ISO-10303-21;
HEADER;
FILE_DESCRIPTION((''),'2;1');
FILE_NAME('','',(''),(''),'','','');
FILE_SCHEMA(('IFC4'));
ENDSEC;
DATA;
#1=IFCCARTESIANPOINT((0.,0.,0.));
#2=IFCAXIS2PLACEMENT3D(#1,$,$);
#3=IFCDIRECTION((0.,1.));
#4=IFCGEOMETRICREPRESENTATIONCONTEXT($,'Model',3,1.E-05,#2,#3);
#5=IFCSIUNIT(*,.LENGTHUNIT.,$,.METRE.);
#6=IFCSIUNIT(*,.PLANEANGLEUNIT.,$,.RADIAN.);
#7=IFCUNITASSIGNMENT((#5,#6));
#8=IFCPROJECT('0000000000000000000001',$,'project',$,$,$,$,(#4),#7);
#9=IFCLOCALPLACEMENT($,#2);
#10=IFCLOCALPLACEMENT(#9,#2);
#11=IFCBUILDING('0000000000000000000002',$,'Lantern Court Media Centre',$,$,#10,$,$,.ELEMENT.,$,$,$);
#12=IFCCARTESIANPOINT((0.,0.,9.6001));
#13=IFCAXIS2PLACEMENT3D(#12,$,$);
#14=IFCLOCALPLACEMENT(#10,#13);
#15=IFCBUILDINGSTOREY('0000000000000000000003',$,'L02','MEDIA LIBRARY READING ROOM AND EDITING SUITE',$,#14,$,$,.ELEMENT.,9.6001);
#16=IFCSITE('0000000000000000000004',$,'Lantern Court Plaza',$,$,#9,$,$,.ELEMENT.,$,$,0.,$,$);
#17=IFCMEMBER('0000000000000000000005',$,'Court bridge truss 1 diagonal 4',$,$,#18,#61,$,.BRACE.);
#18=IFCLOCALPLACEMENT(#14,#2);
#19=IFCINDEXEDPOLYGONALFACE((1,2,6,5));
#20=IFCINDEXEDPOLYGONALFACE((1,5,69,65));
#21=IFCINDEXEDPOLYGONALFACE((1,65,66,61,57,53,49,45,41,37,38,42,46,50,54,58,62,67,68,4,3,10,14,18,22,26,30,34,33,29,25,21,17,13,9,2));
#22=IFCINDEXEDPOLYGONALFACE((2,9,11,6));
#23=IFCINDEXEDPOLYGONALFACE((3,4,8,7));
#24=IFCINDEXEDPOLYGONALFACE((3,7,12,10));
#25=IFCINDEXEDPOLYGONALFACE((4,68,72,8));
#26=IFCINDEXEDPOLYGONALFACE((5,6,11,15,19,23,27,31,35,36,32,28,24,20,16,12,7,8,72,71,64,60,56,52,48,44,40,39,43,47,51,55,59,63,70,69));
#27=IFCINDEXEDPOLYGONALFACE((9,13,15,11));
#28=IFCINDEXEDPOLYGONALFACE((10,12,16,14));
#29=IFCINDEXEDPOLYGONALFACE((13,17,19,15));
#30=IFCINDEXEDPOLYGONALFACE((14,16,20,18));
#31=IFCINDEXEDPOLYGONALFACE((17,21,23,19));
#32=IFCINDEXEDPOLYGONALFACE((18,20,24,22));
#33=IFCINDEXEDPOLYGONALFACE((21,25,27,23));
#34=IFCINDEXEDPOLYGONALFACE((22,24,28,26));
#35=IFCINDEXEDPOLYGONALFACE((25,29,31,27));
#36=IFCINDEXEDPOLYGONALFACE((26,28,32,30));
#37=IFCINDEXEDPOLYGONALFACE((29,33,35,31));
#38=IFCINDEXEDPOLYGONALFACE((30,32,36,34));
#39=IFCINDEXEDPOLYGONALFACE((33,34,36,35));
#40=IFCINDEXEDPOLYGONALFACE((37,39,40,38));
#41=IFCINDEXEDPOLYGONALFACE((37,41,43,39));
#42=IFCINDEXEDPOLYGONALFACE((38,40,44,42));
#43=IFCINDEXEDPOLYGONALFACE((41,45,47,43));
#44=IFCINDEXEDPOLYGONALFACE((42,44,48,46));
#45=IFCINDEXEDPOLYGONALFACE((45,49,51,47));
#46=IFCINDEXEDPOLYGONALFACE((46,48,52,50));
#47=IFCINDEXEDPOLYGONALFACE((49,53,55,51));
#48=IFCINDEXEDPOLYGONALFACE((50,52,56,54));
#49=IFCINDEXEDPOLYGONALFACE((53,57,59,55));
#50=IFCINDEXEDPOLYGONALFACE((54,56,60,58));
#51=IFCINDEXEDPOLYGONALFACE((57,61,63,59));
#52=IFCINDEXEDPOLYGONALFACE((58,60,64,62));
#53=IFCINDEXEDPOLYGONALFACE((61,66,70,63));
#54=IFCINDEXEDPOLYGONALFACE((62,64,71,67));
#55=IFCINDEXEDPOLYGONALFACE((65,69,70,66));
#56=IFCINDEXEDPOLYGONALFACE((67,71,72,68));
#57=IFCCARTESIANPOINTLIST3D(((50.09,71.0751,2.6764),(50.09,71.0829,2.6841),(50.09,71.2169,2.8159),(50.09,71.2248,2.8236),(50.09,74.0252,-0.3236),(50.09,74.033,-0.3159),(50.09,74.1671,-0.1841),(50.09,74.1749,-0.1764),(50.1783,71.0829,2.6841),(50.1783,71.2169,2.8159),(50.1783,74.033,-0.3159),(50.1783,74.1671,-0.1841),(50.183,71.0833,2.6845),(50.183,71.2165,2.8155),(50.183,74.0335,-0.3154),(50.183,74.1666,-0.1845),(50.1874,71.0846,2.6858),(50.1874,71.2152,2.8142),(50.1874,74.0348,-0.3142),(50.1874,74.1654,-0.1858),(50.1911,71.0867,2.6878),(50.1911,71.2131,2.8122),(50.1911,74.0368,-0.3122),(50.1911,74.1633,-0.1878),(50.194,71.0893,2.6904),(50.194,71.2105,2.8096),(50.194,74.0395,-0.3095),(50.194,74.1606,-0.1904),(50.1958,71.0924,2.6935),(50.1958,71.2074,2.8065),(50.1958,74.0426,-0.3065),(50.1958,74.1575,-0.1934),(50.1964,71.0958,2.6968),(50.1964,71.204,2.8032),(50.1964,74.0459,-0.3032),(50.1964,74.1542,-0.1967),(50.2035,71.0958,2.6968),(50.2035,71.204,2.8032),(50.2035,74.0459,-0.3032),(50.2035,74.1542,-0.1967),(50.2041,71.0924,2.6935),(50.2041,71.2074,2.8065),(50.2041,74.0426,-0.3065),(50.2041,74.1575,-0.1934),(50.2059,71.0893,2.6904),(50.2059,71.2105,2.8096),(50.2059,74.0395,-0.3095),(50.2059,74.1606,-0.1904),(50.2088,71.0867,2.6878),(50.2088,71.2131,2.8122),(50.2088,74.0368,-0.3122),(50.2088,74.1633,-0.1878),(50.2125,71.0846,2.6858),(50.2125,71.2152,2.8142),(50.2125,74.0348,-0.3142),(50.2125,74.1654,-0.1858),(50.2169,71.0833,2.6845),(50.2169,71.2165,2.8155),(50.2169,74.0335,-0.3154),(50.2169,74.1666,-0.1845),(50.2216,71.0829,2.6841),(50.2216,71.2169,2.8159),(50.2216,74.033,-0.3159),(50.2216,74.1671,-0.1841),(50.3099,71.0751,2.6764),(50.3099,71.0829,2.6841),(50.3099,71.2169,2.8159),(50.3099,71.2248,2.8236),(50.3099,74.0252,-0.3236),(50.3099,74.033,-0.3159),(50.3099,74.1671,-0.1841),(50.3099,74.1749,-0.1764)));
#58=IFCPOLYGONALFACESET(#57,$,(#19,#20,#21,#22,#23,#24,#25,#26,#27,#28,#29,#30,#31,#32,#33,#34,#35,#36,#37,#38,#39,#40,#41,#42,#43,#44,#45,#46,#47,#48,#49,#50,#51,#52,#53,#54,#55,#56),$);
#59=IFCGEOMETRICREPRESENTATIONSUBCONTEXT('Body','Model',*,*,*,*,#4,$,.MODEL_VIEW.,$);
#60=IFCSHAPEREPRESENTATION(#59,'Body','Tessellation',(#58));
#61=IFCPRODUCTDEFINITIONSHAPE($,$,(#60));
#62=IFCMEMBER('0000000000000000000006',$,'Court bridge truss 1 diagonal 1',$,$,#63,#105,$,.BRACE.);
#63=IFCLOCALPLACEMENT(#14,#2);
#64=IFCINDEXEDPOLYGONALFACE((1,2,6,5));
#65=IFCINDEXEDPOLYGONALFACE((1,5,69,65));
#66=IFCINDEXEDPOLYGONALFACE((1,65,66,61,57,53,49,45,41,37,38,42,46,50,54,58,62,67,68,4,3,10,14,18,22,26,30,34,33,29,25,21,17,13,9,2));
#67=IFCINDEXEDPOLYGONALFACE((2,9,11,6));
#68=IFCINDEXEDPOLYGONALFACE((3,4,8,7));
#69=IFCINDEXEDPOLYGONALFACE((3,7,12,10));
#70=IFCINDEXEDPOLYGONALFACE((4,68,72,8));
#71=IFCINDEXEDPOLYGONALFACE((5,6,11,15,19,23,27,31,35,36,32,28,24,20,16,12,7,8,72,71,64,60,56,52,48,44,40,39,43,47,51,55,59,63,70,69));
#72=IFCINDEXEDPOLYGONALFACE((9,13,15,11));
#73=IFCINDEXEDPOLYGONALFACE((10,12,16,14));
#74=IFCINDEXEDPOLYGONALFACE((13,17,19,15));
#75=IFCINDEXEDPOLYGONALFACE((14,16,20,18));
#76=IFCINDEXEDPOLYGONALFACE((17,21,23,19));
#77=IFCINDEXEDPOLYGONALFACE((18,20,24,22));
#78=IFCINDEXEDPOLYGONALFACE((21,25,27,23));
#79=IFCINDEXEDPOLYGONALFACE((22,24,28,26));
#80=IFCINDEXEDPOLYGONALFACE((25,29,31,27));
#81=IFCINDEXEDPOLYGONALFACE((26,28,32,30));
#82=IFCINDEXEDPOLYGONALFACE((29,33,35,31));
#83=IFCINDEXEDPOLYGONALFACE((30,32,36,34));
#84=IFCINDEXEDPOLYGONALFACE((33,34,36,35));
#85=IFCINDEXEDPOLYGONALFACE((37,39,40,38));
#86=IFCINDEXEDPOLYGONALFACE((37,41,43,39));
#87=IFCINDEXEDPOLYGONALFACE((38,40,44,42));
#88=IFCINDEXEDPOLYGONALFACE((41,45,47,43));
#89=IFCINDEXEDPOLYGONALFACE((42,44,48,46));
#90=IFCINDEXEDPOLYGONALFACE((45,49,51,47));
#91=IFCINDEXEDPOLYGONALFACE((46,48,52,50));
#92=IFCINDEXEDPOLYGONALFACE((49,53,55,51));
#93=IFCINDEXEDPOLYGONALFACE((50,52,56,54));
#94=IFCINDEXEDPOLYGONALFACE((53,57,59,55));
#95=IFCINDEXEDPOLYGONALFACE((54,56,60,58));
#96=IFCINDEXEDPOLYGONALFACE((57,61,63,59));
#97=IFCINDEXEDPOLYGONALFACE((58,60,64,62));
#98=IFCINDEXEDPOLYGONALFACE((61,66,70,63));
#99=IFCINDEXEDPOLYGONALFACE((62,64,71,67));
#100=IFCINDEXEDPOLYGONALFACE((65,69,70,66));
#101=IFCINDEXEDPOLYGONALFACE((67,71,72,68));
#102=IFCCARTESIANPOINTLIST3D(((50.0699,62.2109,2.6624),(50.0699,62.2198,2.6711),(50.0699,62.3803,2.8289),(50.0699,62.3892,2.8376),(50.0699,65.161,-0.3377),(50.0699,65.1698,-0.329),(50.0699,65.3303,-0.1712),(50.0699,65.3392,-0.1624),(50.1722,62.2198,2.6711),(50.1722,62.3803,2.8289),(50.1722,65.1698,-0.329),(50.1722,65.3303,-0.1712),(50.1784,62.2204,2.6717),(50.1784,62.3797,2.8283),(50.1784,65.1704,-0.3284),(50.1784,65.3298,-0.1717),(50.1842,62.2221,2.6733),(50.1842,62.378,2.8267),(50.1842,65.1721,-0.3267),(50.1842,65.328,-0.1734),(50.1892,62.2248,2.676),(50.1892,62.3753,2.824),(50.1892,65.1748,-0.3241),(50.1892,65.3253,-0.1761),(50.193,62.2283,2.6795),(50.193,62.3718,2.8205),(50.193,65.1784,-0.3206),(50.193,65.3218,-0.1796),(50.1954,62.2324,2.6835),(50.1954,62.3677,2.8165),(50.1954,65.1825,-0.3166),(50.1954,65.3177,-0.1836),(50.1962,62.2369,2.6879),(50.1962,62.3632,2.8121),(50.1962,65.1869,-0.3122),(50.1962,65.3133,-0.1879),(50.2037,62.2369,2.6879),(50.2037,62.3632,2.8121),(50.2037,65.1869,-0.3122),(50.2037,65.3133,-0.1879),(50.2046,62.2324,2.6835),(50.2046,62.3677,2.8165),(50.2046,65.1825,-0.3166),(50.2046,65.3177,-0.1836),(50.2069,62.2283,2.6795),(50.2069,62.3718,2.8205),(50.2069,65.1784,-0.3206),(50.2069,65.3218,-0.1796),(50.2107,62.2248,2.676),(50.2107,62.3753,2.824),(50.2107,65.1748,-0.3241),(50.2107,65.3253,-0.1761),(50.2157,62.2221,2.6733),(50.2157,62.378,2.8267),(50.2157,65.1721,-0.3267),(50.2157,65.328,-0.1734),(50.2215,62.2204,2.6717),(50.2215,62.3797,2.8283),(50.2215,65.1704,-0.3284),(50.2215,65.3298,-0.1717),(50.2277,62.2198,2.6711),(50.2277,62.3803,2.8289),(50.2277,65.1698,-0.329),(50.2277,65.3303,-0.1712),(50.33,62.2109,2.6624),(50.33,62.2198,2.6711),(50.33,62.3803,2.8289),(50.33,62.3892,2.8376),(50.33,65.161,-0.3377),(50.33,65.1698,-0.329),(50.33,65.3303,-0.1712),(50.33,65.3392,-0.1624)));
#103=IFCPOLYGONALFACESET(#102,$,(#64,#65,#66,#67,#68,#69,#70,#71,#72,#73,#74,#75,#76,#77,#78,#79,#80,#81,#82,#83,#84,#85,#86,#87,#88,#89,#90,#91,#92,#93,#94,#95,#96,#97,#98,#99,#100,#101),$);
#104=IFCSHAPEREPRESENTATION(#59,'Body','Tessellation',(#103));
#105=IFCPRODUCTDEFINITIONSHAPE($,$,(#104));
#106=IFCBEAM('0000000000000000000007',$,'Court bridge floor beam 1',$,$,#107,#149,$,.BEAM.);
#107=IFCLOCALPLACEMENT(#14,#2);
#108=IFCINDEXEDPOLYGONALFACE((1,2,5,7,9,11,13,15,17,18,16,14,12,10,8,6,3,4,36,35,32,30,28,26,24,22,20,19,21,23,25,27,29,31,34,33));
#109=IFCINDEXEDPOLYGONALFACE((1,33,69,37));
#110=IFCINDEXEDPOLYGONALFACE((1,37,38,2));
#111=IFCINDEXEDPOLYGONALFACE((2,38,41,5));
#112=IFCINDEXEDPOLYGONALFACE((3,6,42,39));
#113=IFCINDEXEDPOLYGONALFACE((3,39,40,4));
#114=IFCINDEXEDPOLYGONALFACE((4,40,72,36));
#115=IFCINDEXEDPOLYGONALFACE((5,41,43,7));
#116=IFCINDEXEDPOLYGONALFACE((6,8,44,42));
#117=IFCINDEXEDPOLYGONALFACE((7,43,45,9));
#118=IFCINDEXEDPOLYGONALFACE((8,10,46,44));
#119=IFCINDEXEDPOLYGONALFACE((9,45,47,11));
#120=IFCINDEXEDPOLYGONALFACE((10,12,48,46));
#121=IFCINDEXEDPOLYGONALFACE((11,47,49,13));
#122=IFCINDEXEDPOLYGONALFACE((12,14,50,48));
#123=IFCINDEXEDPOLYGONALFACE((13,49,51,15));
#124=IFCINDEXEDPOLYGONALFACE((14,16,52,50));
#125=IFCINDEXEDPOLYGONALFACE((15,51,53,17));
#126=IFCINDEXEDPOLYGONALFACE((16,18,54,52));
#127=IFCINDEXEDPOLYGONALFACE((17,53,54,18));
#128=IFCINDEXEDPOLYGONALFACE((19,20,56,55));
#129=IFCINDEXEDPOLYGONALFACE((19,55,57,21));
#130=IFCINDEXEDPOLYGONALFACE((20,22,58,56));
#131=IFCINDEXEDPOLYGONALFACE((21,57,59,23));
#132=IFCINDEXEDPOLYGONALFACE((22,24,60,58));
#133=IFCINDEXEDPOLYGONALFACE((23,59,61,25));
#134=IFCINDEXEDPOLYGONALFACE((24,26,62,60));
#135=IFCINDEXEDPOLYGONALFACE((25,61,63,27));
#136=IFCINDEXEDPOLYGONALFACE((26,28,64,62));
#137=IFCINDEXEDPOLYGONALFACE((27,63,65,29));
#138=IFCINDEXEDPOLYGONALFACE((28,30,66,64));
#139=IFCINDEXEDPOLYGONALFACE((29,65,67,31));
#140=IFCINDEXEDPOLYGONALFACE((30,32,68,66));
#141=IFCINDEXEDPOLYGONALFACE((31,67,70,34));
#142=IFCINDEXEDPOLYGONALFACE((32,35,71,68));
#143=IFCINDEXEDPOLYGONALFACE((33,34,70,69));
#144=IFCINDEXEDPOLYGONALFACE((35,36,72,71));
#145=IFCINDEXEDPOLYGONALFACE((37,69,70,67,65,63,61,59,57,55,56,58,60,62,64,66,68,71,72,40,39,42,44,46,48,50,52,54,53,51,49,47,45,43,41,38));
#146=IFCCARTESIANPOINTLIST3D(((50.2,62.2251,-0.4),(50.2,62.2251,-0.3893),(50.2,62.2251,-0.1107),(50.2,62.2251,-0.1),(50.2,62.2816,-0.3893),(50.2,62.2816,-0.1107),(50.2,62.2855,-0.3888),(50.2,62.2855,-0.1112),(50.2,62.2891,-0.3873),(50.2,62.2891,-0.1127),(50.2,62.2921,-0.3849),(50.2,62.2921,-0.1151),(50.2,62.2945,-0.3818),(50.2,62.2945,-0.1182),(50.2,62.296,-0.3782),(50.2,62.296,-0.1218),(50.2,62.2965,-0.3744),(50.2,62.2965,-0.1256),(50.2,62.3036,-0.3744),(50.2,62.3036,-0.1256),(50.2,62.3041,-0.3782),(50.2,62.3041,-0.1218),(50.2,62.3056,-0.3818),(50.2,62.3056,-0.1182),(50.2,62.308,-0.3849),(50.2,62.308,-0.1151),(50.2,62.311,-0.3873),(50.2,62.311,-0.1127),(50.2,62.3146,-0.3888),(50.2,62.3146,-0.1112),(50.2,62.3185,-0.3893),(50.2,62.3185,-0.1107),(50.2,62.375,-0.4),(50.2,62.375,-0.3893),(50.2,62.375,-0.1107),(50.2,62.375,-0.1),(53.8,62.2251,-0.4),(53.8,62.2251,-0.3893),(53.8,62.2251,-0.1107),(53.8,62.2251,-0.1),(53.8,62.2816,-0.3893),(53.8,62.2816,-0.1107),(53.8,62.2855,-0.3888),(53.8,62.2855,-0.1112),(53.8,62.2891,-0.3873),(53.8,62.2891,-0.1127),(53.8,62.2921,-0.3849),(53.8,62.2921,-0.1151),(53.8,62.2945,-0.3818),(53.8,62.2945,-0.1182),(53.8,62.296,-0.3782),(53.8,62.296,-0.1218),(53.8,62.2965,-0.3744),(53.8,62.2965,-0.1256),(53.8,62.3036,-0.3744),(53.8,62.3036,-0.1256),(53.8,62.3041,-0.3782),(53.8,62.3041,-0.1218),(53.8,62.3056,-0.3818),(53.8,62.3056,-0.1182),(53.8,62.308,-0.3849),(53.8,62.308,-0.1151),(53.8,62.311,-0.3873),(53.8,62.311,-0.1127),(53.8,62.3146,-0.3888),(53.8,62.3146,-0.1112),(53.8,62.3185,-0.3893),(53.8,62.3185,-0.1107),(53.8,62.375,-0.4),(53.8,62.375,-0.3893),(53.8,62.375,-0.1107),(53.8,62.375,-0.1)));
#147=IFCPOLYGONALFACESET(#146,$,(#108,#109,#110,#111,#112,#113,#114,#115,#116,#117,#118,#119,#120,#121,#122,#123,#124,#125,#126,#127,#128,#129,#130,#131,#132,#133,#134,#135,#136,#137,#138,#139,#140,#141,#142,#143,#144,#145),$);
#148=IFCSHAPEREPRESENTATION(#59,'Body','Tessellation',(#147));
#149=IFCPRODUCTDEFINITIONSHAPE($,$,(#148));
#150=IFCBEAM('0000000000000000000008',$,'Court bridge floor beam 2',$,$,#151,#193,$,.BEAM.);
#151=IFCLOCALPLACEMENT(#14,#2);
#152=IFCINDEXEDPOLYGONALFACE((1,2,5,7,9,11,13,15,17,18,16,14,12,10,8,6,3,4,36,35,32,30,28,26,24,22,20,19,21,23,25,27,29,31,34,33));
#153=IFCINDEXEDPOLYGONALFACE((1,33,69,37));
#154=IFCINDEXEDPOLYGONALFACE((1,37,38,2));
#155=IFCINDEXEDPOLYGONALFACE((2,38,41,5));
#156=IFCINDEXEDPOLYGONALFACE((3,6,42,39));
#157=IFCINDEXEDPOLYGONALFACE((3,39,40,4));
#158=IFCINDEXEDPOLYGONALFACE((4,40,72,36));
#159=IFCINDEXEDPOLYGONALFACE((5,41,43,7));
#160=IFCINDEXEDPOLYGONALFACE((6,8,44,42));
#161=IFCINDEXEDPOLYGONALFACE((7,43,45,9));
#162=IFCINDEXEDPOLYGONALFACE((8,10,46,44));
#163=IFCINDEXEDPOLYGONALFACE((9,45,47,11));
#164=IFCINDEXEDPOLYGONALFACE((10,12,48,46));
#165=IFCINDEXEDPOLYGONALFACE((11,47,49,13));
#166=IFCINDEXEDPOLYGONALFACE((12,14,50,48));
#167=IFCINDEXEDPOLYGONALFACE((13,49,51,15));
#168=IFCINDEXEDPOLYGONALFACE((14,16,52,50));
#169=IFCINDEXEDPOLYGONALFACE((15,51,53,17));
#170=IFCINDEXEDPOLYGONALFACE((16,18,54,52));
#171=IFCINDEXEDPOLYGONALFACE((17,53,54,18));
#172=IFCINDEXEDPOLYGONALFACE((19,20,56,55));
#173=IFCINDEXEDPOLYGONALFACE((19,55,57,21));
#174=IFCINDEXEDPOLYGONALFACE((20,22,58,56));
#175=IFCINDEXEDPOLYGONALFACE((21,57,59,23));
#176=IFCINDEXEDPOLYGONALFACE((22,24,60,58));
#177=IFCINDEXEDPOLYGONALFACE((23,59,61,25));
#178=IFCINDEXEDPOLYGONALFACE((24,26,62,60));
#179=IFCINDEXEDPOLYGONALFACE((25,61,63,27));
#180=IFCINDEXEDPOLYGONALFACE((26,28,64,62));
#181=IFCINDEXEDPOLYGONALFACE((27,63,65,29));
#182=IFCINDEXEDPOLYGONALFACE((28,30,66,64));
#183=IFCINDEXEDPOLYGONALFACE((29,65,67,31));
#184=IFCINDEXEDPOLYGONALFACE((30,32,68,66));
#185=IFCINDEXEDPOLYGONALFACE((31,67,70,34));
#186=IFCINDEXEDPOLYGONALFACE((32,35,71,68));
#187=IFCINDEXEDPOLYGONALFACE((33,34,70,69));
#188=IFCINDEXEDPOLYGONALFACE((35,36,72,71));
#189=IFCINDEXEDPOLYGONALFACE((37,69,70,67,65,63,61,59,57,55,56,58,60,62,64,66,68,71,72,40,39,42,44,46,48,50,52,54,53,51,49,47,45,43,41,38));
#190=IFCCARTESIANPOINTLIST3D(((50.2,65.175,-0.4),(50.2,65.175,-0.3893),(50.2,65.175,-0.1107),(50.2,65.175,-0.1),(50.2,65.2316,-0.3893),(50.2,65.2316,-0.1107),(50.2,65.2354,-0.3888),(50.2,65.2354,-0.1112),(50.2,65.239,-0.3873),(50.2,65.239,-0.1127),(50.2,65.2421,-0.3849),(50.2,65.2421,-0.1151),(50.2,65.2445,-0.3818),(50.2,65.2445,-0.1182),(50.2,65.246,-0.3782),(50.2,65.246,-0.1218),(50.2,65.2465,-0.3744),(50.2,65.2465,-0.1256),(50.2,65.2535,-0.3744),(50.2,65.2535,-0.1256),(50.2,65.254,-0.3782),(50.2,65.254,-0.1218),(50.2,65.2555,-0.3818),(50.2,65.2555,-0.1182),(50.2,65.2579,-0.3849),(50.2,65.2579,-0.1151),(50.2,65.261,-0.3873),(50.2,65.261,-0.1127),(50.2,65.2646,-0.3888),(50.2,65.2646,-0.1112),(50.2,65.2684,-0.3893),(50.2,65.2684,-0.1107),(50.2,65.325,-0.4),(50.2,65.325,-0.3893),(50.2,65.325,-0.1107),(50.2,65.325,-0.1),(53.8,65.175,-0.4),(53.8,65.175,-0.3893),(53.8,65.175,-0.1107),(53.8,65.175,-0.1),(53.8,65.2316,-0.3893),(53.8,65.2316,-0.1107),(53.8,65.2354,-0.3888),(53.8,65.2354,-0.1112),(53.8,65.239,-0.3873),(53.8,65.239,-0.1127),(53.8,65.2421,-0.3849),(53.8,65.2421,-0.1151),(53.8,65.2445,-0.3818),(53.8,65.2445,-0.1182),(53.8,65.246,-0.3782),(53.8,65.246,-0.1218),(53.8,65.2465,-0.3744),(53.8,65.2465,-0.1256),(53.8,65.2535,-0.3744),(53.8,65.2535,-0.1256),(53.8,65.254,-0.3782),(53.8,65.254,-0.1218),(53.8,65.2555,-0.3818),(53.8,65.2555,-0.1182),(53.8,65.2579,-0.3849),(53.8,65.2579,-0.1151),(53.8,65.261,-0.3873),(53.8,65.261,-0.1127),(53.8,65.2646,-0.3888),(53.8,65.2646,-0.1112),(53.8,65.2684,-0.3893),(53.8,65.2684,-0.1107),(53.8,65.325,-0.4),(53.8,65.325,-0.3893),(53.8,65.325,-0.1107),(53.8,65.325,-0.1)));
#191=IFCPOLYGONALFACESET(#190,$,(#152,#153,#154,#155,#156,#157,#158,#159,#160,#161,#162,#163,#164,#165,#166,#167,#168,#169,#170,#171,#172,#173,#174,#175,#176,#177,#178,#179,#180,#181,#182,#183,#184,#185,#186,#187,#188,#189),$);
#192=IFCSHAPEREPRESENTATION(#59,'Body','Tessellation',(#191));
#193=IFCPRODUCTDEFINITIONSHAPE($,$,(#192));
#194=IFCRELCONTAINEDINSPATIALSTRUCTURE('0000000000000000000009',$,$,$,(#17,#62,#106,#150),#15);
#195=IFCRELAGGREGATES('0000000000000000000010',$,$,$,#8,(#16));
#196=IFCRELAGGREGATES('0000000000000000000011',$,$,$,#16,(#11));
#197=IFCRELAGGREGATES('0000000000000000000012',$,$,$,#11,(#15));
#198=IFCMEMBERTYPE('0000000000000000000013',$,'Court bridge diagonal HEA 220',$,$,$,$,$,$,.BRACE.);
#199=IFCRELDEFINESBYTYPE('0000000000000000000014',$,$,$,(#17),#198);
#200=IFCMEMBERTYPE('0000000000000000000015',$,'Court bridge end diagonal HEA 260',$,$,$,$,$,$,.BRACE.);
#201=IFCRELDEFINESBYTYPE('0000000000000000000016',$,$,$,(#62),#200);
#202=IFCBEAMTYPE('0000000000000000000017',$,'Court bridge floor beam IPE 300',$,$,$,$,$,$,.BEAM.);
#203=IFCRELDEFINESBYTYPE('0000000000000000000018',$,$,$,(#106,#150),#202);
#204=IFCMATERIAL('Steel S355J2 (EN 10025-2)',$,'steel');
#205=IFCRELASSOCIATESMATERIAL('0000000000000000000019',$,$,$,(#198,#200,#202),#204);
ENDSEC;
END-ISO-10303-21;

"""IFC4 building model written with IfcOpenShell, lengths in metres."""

from ifc_helpers import new_model, si_unit, direction, frame, origin, origin_2d, place, context, subcontext, project, spatial, i_section, extrude, material, material_profile, profile_set, type_object, element, save


model = new_model("IFC4")

# Units and contexts
model_context = context("Model", 3, precision=1e-05, world=origin(), true_north=direction((0.0, 1.0)))
body_context = subcontext(model_context, "Body", "Model", "MODEL_VIEW")
ifc_project = project(units=[si_unit("LENGTHUNIT", "METRE"), si_unit("PLANEANGLEUNIT", "RADIAN")], contexts=[model_context])

# Site, building, storey
site_placement = place(None, origin())
site = spatial("IfcSite", under=ifc_project, at=site_placement, Name="Lantern Court Plaza", CompositionType="ELEMENT", RefElevation=0.0)
building_placement = place(site_placement, origin())
building = spatial("IfcBuilding", under=site, at=building_placement, Name="Lantern Court Media Centre", CompositionType="ELEMENT")
storey_placement = place(building_placement, frame((0.0, 0.0, 9.6001)))
storey = spatial("IfcBuildingStorey", under=building, at=storey_placement, Name="L02", Description="MEDIA LIBRARY READING ROOM AND EDITING SUITE", CompositionType="ELEMENT", Elevation=9.6001)

# Members
ifc_material = material(Name="Steel S355J2 (EN 10025-2)", Category="steel")
ifc_material_profile_1 = material_profile(ifc_material, i_section(OverallWidth=0.22, OverallDepth=0.21, WebThickness=0.0071, FlangeThickness=0.011, FilletRadius=0.0181, at=origin_2d()), Name="HEA 220")
ifc_profile_set_1 = profile_set([ifc_material_profile_1], Name="Steel S355J2 (EN 10025-2)")
member_type_1 = type_object("IfcMemberType", Name="Court bridge diagonal HEA 220", PredefinedType="BRACE", material=ifc_profile_set_1)
for number, where, z_axis, x_axis, name in (
    (1, (50.2, 71.1499, 2.75), (0.0, 0.701164, -0.713), (-1.0, 0.0, 0.0), "Court bridge truss 1 diagonal 4"),
):
    element("IfcMember", number, at=place(storey_placement, frame(where, z_axis=z_axis, x_axis=x_axis)), inside=storey, type_object=member_type_1, Name=name, PredefinedType="BRACE", context=body_context, shape_type="SweptSolid", body=[
        extrude(i_section(OverallWidth=0.22, OverallDepth=0.21, WebThickness=0.0071, FlangeThickness=0.011, FilletRadius=0.0181, at=origin_2d()), origin(), (0.0, 0.0, 1.0), 4.2075),
    ])
ifc_material_profile_2 = material_profile(ifc_material, i_section(OverallWidth=0.26, OverallDepth=0.25, WebThickness=0.0076, FlangeThickness=0.0125, FilletRadius=0.0239, at=origin_2d()), Name="HEA 260")
ifc_profile_set_2 = profile_set([ifc_material_profile_2], Name="Steel S355J2 (EN 10025-2)")
member_type_2 = type_object("IfcMemberType", Name="Court bridge end diagonal HEA 260", PredefinedType="BRACE", material=ifc_profile_set_2)
member_placement = place(storey_placement, frame((50.2, 62.3, 2.75), z_axis=(0.0, 0.701134, -0.713029), x_axis=(-1.0, 0.0, 0.0)))
element("IfcMember", 2, at=member_placement, inside=storey, type_object=member_type_2, Name="Court bridge truss 1 diagonal 1", PredefinedType="BRACE", context=body_context, shape_type="SweptSolid", body=[
    extrude(i_section(OverallWidth=0.26, OverallDepth=0.25, WebThickness=0.0076, FlangeThickness=0.0125, FilletRadius=0.0239, at=origin_2d()), origin(), (0.0, 0.0, 1.0), 4.2075),
])

# Beams
ifc_material_profile_3 = material_profile(ifc_material, i_section(OverallWidth=0.1499, OverallDepth=0.3, WebThickness=0.0071, FlangeThickness=0.0107, FilletRadius=0.0149, at=origin_2d()), Name="IPE 300")
ifc_profile_set_3 = profile_set([ifc_material_profile_3], Name="Steel S355J2 (EN 10025-2)")
beam_type_1 = type_object("IfcBeamType", Name="Court bridge floor beam IPE 300", PredefinedType="BEAM", material=ifc_profile_set_3)
for number, where, z_axis, x_axis, name in (
    (3, (50.2, 62.3, -0.25), (1.0, 0.0, 0.0), (0.0, 1.0, 0.0), "Court bridge floor beam 1"),
    (4, (50.2, 65.25, -0.25), (1.0, 0.0, 0.0), (0.0, 1.0, 0.0), "Court bridge floor beam 2"),
):
    element("IfcBeam", number, at=place(storey_placement, frame(where, z_axis=z_axis, x_axis=x_axis)), inside=storey, type_object=beam_type_1, Name=name, PredefinedType="BEAM", context=body_context, shape_type="SweptSolid", body=[
        extrude(i_section(OverallWidth=0.1499, OverallDepth=0.3, WebThickness=0.0071, FlangeThickness=0.0107, FilletRadius=0.0149, at=origin_2d()), origin(), (0.0, 0.0, 1.0), 3.6001),
    ])

save(model, "model.ifc")
